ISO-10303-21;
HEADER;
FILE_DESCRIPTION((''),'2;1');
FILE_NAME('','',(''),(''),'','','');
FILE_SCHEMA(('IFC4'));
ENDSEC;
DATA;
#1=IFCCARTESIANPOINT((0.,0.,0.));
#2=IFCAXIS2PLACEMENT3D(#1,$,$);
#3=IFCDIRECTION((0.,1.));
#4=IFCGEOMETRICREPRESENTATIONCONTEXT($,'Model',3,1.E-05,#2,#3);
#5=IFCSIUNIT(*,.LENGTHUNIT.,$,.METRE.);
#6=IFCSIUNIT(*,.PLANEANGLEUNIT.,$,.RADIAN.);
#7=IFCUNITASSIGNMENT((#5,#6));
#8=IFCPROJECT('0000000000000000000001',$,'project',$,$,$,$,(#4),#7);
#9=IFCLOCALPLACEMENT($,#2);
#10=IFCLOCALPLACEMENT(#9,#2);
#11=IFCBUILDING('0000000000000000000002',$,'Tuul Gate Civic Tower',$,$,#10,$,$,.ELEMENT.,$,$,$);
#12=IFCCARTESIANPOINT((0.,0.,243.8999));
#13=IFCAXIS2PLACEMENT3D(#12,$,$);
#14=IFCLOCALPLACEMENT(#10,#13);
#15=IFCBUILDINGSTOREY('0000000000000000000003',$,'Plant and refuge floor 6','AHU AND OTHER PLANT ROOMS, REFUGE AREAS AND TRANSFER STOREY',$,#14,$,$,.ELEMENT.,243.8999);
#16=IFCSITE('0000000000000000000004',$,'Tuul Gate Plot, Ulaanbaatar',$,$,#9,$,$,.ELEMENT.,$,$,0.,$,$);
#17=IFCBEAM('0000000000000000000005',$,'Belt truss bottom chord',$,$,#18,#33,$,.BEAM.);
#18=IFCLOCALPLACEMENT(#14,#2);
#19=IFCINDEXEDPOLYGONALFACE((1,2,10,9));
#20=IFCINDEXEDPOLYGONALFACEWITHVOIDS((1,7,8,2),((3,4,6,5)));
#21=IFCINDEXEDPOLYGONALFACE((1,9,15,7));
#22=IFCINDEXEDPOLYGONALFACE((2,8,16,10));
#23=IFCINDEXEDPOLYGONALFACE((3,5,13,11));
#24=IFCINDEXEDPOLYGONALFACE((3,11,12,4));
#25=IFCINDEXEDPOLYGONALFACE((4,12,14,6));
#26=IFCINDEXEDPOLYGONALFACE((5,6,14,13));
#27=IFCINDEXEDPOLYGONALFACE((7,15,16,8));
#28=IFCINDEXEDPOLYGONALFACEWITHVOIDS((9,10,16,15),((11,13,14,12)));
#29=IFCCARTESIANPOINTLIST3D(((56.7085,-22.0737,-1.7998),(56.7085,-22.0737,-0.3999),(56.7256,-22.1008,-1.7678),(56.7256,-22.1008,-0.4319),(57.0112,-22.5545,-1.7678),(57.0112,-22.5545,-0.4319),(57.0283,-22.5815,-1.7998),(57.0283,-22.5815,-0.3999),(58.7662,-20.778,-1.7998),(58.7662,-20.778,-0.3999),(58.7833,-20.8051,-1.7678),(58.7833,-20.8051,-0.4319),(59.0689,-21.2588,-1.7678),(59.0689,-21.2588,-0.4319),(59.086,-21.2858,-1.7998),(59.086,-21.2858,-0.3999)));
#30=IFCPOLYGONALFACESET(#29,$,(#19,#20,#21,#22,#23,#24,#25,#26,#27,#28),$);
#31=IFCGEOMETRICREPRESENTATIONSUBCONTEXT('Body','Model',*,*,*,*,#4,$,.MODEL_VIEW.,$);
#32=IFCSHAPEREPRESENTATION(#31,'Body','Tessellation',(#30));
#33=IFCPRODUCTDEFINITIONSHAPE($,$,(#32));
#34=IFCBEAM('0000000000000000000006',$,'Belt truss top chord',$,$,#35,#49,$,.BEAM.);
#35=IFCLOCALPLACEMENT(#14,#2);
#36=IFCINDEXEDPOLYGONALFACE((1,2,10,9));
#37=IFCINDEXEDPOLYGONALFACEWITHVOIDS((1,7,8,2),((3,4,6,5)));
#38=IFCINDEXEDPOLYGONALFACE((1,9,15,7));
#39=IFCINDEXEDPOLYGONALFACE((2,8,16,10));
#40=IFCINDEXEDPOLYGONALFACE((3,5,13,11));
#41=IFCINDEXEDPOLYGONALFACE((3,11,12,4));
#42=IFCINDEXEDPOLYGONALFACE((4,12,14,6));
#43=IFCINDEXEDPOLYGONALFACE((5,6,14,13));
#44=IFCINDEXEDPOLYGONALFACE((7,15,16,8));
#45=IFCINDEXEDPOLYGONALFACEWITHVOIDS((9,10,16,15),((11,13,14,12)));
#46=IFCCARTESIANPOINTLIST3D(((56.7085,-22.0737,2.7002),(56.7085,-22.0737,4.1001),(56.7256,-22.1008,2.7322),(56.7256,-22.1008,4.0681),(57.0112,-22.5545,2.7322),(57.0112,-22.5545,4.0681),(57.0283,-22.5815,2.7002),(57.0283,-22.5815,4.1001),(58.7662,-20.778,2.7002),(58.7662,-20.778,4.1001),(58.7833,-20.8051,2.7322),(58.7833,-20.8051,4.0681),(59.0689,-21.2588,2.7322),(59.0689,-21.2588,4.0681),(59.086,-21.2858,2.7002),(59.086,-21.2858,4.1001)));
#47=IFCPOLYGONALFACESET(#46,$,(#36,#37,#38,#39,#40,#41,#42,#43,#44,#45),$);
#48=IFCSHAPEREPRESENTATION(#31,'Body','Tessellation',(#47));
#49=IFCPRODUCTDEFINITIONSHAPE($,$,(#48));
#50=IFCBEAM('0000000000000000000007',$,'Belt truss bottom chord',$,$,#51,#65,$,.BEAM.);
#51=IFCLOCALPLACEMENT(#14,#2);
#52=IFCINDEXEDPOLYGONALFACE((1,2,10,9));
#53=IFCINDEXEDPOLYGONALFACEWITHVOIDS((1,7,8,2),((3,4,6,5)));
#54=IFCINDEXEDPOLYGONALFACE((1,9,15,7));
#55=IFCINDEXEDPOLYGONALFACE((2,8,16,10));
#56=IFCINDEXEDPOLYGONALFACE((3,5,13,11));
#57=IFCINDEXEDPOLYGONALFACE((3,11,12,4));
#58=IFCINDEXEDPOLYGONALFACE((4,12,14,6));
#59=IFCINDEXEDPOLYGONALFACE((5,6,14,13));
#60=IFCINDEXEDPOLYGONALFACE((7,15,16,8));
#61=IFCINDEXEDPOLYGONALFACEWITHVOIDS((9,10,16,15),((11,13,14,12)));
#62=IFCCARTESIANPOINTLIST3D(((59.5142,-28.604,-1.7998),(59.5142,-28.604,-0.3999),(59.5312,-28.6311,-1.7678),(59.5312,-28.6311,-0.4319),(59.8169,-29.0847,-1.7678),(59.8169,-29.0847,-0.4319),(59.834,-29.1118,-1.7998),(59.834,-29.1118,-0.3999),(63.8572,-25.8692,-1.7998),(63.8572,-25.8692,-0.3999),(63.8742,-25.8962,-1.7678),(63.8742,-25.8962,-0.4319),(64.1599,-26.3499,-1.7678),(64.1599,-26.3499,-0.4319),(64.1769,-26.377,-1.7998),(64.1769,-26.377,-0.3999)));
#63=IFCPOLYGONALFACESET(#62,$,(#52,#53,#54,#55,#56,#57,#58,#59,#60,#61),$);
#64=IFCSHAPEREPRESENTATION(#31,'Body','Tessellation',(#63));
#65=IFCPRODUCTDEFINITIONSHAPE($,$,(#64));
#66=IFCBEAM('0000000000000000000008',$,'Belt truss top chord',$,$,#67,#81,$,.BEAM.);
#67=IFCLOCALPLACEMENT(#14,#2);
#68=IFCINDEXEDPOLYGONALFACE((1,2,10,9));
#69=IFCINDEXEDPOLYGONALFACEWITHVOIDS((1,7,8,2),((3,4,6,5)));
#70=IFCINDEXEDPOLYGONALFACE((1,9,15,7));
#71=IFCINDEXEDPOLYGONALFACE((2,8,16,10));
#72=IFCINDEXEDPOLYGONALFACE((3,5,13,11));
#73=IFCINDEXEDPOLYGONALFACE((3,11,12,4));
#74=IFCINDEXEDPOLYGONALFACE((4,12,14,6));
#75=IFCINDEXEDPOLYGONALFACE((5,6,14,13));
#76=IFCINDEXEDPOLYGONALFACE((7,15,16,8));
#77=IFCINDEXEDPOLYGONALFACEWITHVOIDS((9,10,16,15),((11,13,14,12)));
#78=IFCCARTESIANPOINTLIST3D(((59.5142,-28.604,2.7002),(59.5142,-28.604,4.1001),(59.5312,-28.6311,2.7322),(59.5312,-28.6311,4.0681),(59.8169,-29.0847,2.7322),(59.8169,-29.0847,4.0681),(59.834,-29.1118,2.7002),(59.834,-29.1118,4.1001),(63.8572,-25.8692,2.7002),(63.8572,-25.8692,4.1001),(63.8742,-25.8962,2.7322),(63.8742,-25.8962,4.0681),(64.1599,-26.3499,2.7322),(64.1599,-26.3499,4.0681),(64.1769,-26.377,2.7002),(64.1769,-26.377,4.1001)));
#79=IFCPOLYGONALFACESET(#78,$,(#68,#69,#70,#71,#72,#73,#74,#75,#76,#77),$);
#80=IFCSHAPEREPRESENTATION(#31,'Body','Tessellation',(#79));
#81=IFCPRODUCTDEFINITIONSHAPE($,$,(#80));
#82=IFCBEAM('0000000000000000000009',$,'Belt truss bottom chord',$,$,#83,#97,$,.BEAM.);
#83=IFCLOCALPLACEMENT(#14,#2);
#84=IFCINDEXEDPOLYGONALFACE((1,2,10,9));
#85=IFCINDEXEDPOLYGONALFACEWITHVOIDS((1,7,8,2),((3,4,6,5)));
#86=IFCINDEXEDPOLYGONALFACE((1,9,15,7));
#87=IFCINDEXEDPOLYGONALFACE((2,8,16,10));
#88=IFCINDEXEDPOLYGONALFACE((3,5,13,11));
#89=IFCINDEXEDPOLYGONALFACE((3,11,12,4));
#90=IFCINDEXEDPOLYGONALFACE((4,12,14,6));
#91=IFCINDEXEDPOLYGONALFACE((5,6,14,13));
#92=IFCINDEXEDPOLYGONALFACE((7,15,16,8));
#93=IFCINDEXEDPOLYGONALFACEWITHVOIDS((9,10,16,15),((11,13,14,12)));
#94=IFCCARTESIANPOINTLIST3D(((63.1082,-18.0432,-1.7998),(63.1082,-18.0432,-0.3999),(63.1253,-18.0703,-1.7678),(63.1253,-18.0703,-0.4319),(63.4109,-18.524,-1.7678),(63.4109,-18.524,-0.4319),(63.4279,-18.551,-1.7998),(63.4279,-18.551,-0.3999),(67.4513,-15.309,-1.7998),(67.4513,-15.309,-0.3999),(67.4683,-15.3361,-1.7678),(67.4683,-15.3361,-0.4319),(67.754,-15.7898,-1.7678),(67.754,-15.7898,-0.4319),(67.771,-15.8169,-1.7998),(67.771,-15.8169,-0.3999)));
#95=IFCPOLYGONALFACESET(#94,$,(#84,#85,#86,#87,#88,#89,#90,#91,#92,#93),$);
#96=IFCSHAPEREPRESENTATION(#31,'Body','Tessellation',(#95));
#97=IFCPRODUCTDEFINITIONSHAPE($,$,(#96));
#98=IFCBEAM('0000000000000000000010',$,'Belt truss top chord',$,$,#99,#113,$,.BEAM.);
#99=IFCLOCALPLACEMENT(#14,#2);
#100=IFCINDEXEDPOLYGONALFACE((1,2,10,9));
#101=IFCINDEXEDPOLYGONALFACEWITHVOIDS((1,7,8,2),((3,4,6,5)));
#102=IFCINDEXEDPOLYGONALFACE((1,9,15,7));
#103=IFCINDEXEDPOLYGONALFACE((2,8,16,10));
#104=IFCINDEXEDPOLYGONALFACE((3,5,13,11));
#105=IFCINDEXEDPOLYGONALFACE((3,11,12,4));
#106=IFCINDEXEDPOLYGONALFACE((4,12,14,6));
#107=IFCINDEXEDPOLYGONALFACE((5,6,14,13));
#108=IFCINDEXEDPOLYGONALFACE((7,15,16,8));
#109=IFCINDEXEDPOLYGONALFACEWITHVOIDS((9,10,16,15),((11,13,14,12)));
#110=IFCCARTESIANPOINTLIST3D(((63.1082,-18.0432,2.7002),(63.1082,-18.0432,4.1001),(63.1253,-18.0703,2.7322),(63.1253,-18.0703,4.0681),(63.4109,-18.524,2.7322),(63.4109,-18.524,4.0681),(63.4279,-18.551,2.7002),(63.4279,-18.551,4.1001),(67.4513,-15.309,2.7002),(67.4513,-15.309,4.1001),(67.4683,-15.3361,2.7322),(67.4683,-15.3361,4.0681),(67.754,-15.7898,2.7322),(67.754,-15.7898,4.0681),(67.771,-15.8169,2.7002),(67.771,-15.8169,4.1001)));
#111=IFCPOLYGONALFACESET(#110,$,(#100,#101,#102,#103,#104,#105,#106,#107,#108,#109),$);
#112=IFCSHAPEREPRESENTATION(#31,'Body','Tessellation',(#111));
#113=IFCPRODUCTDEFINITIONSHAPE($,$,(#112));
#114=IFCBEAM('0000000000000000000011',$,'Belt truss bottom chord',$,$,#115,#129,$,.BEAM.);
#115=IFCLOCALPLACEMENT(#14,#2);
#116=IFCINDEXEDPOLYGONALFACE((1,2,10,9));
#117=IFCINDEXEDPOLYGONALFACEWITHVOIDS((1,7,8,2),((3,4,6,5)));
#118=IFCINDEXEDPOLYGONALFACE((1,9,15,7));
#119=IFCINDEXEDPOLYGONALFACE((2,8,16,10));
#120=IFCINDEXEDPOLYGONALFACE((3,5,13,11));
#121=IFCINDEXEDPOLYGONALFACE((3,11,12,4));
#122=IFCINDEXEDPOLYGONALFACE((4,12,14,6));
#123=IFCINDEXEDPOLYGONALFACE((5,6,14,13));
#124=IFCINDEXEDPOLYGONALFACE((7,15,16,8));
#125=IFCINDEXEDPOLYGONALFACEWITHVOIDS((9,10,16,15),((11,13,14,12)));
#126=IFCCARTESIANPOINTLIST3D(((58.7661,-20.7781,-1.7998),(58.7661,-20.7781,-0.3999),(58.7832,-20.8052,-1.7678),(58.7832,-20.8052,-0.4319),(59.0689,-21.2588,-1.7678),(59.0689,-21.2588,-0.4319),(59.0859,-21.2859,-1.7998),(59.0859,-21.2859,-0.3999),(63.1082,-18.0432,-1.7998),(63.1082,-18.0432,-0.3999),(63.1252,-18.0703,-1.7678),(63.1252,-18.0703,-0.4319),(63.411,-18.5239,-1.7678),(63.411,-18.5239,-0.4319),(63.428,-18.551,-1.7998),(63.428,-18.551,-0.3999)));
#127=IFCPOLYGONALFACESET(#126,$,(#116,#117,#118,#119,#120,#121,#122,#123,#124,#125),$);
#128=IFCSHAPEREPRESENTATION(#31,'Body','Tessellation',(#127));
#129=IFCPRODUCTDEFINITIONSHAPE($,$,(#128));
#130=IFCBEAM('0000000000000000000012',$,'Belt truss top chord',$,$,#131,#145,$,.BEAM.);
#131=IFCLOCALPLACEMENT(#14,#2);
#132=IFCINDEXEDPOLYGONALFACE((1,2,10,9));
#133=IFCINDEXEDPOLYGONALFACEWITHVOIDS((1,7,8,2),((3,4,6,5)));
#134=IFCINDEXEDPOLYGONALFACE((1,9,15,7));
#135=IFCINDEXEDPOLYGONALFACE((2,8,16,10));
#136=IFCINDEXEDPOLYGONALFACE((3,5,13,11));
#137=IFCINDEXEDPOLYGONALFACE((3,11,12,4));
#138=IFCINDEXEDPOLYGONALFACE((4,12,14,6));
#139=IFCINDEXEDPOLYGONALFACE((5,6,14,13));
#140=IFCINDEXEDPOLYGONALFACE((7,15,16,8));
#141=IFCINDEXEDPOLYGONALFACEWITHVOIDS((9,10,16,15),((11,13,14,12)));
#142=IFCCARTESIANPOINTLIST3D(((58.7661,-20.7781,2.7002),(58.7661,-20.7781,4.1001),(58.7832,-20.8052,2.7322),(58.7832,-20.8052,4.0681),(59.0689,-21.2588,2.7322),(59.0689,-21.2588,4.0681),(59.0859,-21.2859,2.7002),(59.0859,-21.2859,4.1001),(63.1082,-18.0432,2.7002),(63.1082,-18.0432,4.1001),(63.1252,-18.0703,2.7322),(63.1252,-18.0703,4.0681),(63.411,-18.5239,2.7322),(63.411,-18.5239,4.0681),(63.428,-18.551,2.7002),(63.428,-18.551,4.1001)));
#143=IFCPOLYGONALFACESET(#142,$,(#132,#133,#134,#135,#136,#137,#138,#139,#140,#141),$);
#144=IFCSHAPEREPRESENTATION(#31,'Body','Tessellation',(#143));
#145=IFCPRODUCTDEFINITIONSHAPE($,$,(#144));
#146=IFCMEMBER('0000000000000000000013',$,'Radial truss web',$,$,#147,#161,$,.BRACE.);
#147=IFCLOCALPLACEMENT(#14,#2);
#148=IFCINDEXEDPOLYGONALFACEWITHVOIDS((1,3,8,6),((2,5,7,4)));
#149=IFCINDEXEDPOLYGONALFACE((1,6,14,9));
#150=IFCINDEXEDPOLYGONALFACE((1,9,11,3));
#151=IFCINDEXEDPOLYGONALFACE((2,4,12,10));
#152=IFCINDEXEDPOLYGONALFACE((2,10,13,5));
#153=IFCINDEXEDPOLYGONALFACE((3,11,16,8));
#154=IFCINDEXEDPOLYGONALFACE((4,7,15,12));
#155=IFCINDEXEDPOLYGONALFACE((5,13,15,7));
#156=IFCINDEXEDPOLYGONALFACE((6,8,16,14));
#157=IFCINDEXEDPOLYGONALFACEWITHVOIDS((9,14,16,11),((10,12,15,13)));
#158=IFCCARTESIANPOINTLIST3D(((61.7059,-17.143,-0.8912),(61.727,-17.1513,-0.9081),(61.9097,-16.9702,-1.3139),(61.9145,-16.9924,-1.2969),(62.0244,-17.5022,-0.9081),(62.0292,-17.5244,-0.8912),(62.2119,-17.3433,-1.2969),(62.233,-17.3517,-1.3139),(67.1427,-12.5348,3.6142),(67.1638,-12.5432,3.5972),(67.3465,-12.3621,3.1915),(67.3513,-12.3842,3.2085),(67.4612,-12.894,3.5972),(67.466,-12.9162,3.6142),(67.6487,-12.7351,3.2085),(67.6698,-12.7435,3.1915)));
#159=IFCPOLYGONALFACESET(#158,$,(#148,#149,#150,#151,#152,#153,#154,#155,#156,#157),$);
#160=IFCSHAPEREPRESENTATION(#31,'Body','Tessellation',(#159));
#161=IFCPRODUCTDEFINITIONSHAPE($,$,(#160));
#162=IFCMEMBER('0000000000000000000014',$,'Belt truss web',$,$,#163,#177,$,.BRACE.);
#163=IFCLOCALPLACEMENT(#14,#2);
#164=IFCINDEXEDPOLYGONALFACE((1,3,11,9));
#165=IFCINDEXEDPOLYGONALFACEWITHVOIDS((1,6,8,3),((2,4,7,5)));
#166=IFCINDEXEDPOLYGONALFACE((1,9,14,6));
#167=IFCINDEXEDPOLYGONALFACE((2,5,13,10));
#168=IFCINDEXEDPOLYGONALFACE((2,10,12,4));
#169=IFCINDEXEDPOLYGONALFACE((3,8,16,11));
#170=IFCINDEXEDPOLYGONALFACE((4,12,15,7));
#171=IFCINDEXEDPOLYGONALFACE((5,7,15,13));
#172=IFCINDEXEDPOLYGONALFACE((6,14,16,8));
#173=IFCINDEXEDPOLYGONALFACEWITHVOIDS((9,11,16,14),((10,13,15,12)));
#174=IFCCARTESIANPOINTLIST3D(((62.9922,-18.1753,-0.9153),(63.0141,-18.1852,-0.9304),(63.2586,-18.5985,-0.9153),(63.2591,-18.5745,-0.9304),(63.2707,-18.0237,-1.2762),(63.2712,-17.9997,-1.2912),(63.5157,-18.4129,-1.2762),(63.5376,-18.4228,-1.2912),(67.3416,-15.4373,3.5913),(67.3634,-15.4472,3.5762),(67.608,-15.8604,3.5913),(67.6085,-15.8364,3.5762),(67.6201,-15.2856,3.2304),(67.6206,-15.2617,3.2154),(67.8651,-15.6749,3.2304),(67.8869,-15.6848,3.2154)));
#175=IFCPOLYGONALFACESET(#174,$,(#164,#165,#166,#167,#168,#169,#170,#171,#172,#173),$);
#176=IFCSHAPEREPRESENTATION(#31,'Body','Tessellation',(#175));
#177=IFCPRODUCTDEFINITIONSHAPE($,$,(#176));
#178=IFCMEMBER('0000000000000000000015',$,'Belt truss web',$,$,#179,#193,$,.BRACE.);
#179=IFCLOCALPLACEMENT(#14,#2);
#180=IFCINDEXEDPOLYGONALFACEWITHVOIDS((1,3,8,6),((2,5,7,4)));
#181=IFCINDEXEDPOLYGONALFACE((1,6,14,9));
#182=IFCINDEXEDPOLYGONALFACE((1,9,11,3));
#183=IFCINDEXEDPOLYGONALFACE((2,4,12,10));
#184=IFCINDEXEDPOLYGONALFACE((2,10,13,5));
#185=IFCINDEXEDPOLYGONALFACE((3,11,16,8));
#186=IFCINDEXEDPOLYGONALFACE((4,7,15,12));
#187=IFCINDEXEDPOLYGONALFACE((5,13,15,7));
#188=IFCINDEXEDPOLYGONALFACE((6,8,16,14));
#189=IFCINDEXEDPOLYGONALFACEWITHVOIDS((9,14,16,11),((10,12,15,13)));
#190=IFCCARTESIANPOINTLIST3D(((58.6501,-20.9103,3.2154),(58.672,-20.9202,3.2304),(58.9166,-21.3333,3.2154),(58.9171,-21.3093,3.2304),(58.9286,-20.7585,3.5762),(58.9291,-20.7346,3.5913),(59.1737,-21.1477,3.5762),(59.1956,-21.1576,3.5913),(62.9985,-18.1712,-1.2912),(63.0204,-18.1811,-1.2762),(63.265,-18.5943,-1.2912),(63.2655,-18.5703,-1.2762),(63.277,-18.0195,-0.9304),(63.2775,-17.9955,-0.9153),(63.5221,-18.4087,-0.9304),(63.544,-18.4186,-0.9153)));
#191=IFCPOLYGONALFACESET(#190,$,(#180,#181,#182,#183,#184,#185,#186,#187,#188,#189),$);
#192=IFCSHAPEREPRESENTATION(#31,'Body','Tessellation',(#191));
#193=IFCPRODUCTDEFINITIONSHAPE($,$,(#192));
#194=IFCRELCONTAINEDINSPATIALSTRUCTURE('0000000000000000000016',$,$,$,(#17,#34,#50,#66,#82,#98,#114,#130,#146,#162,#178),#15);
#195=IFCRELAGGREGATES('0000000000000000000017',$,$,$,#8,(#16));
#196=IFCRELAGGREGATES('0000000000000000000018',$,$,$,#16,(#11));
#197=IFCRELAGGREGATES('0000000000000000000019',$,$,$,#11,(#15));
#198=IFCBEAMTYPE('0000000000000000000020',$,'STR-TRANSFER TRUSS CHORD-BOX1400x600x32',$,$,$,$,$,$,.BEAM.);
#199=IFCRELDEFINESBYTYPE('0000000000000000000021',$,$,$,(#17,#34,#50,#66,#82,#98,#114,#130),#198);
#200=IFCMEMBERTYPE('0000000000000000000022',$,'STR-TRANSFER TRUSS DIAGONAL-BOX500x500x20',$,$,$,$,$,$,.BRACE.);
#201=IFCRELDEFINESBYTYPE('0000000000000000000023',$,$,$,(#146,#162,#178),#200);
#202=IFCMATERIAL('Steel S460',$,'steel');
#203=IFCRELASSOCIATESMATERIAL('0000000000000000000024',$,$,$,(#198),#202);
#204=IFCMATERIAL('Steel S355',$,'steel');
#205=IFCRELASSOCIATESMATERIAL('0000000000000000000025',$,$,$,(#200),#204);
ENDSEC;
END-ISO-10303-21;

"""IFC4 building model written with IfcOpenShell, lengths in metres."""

from ifc_helpers import new_model, si_unit, direction, frame, origin, origin_2d, place, context, subcontext, project, spatial, hollow_rectangle, extrude, material, material_profile, profile_set, type_object, element, save


model = new_model("IFC4")

# Units and contexts
model_context = context("Model", 3, precision=1e-05, world=origin(), true_north=direction((0.0, 1.0)))
body_context = subcontext(model_context, "Body", "Model", "MODEL_VIEW")
ifc_project = project(units=[si_unit("LENGTHUNIT", "METRE"), si_unit("PLANEANGLEUNIT", "RADIAN")], contexts=[model_context])

# Site, building, storey
site_placement = place(None, origin())
site = spatial("IfcSite", under=ifc_project, at=site_placement, Name="Tuul Gate Plot, Ulaanbaatar", CompositionType="ELEMENT", RefElevation=0.0)
building_placement = place(site_placement, origin())
building = spatial("IfcBuilding", under=site, at=building_placement, Name="Tuul Gate Civic Tower", CompositionType="ELEMENT")
storey_placement = place(building_placement, frame((0.0, 0.0, 243.8999)))
storey = spatial("IfcBuildingStorey", under=building, at=storey_placement, Name="Plant and refuge floor 6", Description="AHU AND OTHER PLANT ROOMS, REFUGE AREAS AND TRANSFER STOREY", CompositionType="ELEMENT", Elevation=243.8999)

# Beams
ifc_material_1 = material(Name="Steel S460", Category="steel")
ifc_material_profile_1 = material_profile(ifc_material_1, hollow_rectangle(XDim=0.6001, YDim=1.3999, WallThickness=0.032, at=origin_2d()), Name="BOX1400x600x32")
ifc_profile_set_1 = profile_set([ifc_material_profile_1], Name="Steel S460")
beam_type = type_object("IfcBeamType", Name="STR-TRANSFER TRUSS CHORD-BOX1400x600x32", PredefinedType="BEAM", material=ifc_profile_set_1)
for number, where, z_axis, x_axis, name in (
    (1, (56.8684, -22.3276, -1.0999), (0.846211, 0.532848, 0.0), (-0.532848, 0.846211, 0.0), "Belt truss bottom chord"),
    (2, (56.8684, -22.3276, 3.4001), (0.846211, 0.532848, 0.0), (-0.532848, 0.846211, 0.0), "Belt truss top chord"),
):
    element("IfcBeam", number, at=place(storey_placement, frame(where, z_axis=z_axis, x_axis=x_axis)), inside=storey, type_object=beam_type, Name=name, PredefinedType="BEAM", context=body_context, shape_type="SweptSolid", body=[
        extrude(hollow_rectangle(XDim=0.6001, YDim=1.3999, WallThickness=0.032, at=origin_2d()), origin(), (0.0, 0.0, 1.0), 2.4316),
    ])
for number, where, z_axis, x_axis, name in (
    (3, (59.6741, -28.8579, -1.0999), (0.8462, 0.532865, 0.0), (-0.532865, 0.8462, 0.0), "Belt truss bottom chord"),
    (4, (59.6741, -28.8579, 3.4001), (0.8462, 0.532865, 0.0), (-0.532865, 0.8462, 0.0), "Belt truss top chord"),
):
    element("IfcBeam", number, at=place(storey_placement, frame(where, z_axis=z_axis, x_axis=x_axis)), inside=storey, type_object=beam_type, Name=name, PredefinedType="BEAM", context=body_context, shape_type="SweptSolid", body=[
        extrude(hollow_rectangle(XDim=0.6001, YDim=1.3999, WallThickness=0.032, at=origin_2d()), origin(), (0.0, 0.0, 1.0), 5.1323),
    ])
for number, where, z_axis, x_axis, name in (
    (5, (63.2681, -18.2971, -1.0999), (0.846265, 0.532763, 0.0), (-0.532763, 0.846265, 0.0), "Belt truss bottom chord"),
    (6, (63.2681, -18.2971, 3.4001), (0.846265, 0.532763, 0.0), (-0.532763, 0.846265, 0.0), "Belt truss top chord"),
):
    element("IfcBeam", number, at=place(storey_placement, frame(where, z_axis=z_axis, x_axis=x_axis)), inside=storey, type_object=beam_type, Name=name, PredefinedType="BEAM", context=body_context, shape_type="SweptSolid", body=[
        extrude(hollow_rectangle(XDim=0.6001, YDim=1.3999, WallThickness=0.032, at=origin_2d()), origin(), (0.0, 0.0, 1.0), 5.1321),
    ])
for number, where, z_axis, x_axis, name in (
    (7, (58.926, -21.032, -1.0999), (0.846146, 0.532951, 0.0), (-0.532951, 0.846146, 0.0), "Belt truss bottom chord"),
    (8, (58.926, -21.032, 3.4001), (0.846146, 0.532951, 0.0), (-0.532951, 0.846146, 0.0), "Belt truss top chord"),
):
    element("IfcBeam", number, at=place(storey_placement, frame(where, z_axis=z_axis, x_axis=x_axis)), inside=storey, type_object=beam_type, Name=name, PredefinedType="BEAM", context=body_context, shape_type="SweptSolid", body=[
        extrude(hollow_rectangle(XDim=0.6001, YDim=1.3999, WallThickness=0.032, at=origin_2d()), origin(), (0.0, 0.0, 1.0), 5.1316),
    ])

# Members
ifc_material_2 = material(Name="Steel S355", Category="steel")
ifc_material_profile_2 = material_profile(ifc_material_2, hollow_rectangle(XDim=0.5, YDim=0.5, WallThickness=0.02, at=origin_2d()), Name="BOX500x500x20")
ifc_profile_set_2 = profile_set([ifc_material_profile_2], Name="Steel S355")
member_type_1 = type_object("IfcMemberType", Name="STR-TRANSFER TRUSS DIAGONAL-BOX500x500x20", PredefinedType="BRACE", material=ifc_profile_set_2)
member_1_placement = place(storey_placement, frame((61.9695, -17.2473, -1.1025), z_axis=(0.644808, 0.546534, 0.534343), x_axis=(-0.646581, 0.762845, 0.0)))
element("IfcMember", 9, at=member_1_placement, inside=storey, type_object=member_type_1, Name="Radial truss web", PredefinedType="BRACE", context=body_context, shape_type="SweptSolid", body=[
    extrude(hollow_rectangle(XDim=0.5, YDim=0.5, WallThickness=0.02, at=origin_2d()), origin(), (0.0, 0.0, 1.0), 8.4316),
])
member_2_placement = place(storey_placement, frame((63.2649, -18.2991, -1.1033), z_axis=(0.636297, 0.400565, 0.659298), x_axis=(-0.53275, 0.846273, 0.0)))
element("IfcMember", 10, at=member_2_placement, inside=storey, type_object=member_type_1, Name="Belt truss web", PredefinedType="BRACE", context=body_context, shape_type="SweptSolid", body=[
    extrude(hollow_rectangle(XDim=0.5, YDim=0.5, WallThickness=0.02, at=origin_2d()), origin(), (0.0, 0.0, 1.0), 6.8354),
])
member_3_placement = place(storey_placement, frame((63.2712, -18.2949, -1.1033), z_axis=(-0.636175, -0.400721, 0.65932), x_axis=(0.532972, -0.846133, 0.0)))
element("IfcMember", 11, at=member_3_placement, inside=storey, type_object=member_type_1, Name="Belt truss web", PredefinedType="BRACE", context=body_context, shape_type="SweptSolid", body=[
    extrude(hollow_rectangle(XDim=0.5, YDim=0.5, WallThickness=0.02, at=origin_2d()), origin(), (0.0, 0.0, 1.0), 6.8352),
])

save(model, "model.ifc")
